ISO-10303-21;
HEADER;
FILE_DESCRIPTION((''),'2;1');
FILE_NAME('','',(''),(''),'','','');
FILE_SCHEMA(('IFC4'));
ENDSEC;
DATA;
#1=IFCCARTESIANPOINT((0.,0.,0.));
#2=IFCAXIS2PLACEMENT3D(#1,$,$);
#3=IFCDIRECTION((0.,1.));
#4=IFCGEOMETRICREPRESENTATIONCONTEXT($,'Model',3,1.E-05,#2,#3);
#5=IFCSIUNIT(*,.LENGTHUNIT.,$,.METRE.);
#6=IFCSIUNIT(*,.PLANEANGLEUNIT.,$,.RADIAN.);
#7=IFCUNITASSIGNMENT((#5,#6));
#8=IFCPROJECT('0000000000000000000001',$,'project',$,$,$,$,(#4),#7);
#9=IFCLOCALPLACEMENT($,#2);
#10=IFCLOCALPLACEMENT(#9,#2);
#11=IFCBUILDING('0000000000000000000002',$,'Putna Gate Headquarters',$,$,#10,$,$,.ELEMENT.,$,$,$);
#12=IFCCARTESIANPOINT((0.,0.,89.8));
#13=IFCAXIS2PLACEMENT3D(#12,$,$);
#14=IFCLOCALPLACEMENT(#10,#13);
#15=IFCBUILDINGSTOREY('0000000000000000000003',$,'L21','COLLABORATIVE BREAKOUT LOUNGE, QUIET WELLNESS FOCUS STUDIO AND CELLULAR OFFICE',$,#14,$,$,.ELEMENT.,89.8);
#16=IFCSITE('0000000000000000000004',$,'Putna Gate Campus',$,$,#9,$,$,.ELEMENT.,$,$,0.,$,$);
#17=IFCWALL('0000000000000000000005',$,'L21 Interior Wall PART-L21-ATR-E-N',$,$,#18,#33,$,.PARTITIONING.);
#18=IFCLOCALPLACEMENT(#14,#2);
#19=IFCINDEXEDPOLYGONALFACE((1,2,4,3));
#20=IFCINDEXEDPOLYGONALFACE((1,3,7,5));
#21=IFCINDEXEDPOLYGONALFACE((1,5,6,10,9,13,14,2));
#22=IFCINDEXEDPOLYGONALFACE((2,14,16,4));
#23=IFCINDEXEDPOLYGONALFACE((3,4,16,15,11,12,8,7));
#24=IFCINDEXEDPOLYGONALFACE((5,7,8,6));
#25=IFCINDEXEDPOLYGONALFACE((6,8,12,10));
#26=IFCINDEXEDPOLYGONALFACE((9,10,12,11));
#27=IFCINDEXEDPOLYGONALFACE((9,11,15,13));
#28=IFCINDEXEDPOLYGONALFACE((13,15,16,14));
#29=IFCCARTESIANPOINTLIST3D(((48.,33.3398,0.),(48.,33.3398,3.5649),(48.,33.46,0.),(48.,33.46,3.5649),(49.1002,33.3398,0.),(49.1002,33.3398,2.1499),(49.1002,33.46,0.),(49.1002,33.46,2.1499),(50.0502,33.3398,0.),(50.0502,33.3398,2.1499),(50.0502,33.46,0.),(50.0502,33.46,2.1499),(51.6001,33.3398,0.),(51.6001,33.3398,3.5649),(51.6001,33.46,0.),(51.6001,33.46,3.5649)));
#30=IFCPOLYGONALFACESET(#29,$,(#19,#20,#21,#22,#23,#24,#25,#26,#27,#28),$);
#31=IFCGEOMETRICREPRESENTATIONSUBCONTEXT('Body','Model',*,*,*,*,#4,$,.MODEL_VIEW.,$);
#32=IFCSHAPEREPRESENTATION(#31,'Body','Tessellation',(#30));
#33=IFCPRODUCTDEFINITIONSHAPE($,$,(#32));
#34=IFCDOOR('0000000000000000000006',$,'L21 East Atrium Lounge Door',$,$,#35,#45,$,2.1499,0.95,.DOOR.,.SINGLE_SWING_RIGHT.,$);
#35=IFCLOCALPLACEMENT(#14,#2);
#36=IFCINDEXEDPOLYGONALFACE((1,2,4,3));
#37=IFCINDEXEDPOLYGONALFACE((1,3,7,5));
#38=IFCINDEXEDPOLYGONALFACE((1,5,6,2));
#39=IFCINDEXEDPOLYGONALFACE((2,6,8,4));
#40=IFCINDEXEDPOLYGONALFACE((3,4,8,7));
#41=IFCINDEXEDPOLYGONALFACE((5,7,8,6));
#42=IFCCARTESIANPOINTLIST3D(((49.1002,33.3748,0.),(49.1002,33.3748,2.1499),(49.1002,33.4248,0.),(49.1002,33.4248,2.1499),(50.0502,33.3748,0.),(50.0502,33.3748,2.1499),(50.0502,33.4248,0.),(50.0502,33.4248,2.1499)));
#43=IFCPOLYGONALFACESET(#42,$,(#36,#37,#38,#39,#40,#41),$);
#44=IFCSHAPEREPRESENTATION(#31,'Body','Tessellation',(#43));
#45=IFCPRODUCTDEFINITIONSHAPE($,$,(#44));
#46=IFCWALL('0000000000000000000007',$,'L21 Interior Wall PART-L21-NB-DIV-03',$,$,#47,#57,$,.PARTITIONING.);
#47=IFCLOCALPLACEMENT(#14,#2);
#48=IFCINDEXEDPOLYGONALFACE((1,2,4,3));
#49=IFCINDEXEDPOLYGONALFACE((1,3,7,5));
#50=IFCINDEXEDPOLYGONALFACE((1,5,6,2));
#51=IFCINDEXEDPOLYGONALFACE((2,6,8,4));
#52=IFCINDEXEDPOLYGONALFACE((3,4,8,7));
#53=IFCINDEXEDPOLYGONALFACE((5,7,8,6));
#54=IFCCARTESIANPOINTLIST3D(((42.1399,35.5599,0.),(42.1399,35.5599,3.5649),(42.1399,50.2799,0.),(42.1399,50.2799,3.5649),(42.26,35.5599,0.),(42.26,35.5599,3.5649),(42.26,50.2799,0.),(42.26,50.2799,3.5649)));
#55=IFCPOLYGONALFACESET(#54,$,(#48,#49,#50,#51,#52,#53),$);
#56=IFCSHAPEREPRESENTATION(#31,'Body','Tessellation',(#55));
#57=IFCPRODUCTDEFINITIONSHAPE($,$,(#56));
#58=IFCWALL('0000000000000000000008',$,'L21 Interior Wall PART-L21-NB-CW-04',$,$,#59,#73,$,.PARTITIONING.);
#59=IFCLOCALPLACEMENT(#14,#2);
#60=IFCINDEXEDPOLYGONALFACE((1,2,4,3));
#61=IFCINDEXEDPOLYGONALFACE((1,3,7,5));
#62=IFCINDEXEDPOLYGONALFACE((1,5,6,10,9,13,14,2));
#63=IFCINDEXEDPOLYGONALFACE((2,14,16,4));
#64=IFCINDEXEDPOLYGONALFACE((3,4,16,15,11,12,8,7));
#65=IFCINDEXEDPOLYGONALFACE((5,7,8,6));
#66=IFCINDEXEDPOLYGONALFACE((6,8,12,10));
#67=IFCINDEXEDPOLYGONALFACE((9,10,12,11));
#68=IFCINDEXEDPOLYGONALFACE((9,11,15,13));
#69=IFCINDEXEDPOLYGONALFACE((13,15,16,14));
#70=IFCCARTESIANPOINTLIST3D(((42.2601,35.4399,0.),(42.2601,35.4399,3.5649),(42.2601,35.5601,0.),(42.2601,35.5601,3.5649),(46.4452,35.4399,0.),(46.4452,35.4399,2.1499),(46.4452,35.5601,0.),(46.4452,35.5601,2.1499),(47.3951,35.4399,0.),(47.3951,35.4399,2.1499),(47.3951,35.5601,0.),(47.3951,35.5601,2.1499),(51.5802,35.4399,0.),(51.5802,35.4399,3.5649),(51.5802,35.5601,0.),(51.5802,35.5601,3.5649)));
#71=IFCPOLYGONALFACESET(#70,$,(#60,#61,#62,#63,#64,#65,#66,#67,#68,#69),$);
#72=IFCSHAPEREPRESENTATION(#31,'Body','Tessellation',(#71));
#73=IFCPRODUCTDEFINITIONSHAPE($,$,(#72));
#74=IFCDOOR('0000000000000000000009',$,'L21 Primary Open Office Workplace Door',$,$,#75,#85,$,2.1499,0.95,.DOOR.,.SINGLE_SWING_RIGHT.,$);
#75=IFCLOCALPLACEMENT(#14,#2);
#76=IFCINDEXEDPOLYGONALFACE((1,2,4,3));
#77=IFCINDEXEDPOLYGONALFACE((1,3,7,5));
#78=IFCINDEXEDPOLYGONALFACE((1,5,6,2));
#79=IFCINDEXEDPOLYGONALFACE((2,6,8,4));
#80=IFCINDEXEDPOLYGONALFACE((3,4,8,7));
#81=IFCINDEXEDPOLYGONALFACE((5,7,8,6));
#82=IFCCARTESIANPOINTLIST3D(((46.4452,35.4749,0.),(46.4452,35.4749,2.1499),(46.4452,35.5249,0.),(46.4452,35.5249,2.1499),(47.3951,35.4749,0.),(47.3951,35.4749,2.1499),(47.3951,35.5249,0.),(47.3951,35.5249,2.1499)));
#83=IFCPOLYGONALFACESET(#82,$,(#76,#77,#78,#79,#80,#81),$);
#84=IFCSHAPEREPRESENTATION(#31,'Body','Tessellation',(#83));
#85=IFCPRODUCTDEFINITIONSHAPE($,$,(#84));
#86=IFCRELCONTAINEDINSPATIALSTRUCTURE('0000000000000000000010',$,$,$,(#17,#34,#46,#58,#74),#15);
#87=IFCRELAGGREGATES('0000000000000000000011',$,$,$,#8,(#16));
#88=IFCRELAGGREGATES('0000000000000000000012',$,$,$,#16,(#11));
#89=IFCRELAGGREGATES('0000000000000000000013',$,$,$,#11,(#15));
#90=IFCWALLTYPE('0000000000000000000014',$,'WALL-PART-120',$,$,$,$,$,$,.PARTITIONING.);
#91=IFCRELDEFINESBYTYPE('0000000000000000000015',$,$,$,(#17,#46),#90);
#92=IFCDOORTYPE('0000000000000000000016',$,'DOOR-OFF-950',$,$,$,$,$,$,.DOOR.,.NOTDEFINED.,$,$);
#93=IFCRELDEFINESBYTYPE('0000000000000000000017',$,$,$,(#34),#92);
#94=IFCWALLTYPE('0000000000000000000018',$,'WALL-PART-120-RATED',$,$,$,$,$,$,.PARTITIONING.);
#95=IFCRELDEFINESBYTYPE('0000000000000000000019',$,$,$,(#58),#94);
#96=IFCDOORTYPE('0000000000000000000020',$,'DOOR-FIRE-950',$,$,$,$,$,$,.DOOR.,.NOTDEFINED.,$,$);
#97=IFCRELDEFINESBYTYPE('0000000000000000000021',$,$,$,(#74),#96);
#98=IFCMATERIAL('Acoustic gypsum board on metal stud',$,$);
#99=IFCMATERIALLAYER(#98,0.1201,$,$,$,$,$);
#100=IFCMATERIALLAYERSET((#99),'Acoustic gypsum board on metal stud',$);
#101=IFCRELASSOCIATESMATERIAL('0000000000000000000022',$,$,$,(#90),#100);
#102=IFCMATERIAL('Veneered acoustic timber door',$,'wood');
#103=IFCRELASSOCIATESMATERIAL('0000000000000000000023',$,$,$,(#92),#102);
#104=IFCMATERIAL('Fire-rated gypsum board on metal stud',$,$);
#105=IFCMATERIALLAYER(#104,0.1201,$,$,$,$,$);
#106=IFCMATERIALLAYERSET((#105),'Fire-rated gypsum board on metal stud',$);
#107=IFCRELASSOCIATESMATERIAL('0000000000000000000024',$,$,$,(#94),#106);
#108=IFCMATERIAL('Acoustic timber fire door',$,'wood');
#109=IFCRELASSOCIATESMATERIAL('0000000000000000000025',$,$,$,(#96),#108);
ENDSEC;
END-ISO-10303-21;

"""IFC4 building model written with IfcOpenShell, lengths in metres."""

from ifc_helpers import new_model, si_unit, direction, frame, frame_2d, origin, place, context, subcontext, project, spatial, rectangle, extrude, material, layer, layer_set, type_object, element, fill, save


model = new_model("IFC4")

# Units and contexts
model_context = context("Model", 3, precision=1e-05, world=origin(), true_north=direction((0.0, 1.0)))
body_context = subcontext(model_context, "Body", "Model", "MODEL_VIEW")
ifc_project = project(units=[si_unit("LENGTHUNIT", "METRE"), si_unit("PLANEANGLEUNIT", "RADIAN")], contexts=[model_context])

# Site, building, storey
site_placement = place(None, origin())
site = spatial("IfcSite", under=ifc_project, at=site_placement, Name="Putna Gate Campus", CompositionType="ELEMENT", RefElevation=0.0)
building_placement = place(site_placement, origin())
building = spatial("IfcBuilding", under=site, at=building_placement, Name="Putna Gate Headquarters", CompositionType="ELEMENT")
storey_placement = place(building_placement, frame((0.0, 0.0, 89.8)))
storey = spatial("IfcBuildingStorey", under=building, at=storey_placement, Name="L21", Description="COLLABORATIVE BREAKOUT LOUNGE, QUIET WELLNESS FOCUS STUDIO AND CELLULAR OFFICE", CompositionType="ELEMENT", Elevation=89.8)

# Wall, opening, door
ifc_material_1 = material(Name="Acoustic gypsum board on metal stud")
ifc_layer_1 = layer(ifc_material_1, 0.1201)
ifc_layer_set_1 = layer_set([ifc_layer_1], Name="Acoustic gypsum board on metal stud")
wall_type_1 = type_object("IfcWallType", Name="WALL-PART-120", PredefinedType="PARTITIONING", material=ifc_layer_set_1)
wall_1_placement = place(storey_placement, frame((48.0, 33.3999, 0.0), z_axis=(0.0, 0.0, 1.0), x_axis=(1.0, 0.0, 0.0)))
wall_1 = element("IfcWall", 1, at=wall_1_placement, inside=storey, type_object=wall_type_1, Name="L21 Interior Wall PART-L21-ATR-E-N", PredefinedType="PARTITIONING", context=body_context, shape_type="SweptSolid", body=[
    extrude(rectangle(XDim=3.6001, YDim=0.1201, at=frame_2d((1.8, 0.0))), origin(), (0.0, 0.0, 1.0), 3.5649),
])
opening_1_placement = place(wall_1_placement, frame((1.1001, 0.0, 0.0)))
opening_1 = element("IfcOpeningElement", 2, at=opening_1_placement, cuts=wall_1, PredefinedType="OPENING", context=body_context, shape_type="SweptSolid", body=[
    extrude(rectangle(XDim=0.95, YDim=2.1499, at=frame_2d((0.4751, 1.075))), frame((0.0, 0.0701, 0.0), z_axis=(0.0, -1.0, 0.0), x_axis=(1.0, 0.0, 0.0)), (0.0, 0.0, 1.0), 0.1401),
])
ifc_material_2 = material(Name="Veneered acoustic timber door", Category="wood")
door_type_1 = type_object("IfcDoorType", Name="DOOR-OFF-950", OperationType="NOTDEFINED", PredefinedType="DOOR", material=ifc_material_2)
door_1_placement = place(opening_1_placement, origin())
door_1 = element("IfcDoor", 3, at=door_1_placement, inside=storey, type_object=door_type_1, Name="L21 East Atrium Lounge Door", OperationType="SINGLE_SWING_RIGHT", OverallHeight=2.1499, OverallWidth=0.95, PredefinedType="DOOR", context=body_context, shape_type="SweptSolid", body=[
    extrude(rectangle(XDim=0.95, YDim=2.1499, at=frame_2d((0.4751, 1.075))), frame((0.0, 0.0249, 0.0), z_axis=(0.0, -1.0, 0.0), x_axis=(1.0, 0.0, 0.0)), (0.0, 0.0, 1.0), 0.05),
])
fill(opening_1, door_1)

# Wall
wall_2_placement = place(storey_placement, frame((42.2, 35.5601, 0.0), z_axis=(0.0, 0.0, 1.0), x_axis=(0.0, 1.0, 0.0)))
element("IfcWall", 4, at=wall_2_placement, inside=storey, type_object=wall_type_1, Name="L21 Interior Wall PART-L21-NB-DIV-03", PredefinedType="PARTITIONING", context=body_context, shape_type="SweptSolid", body=[
    extrude(rectangle(XDim=14.72, YDim=0.1201, at=frame_2d((7.3599, 0.0))), origin(), (0.0, 0.0, 1.0), 3.5649),
])

# Wall, opening, door
ifc_material_3 = material(Name="Fire-rated gypsum board on metal stud")
ifc_layer_2 = layer(ifc_material_3, 0.1201)
ifc_layer_set_2 = layer_set([ifc_layer_2], Name="Fire-rated gypsum board on metal stud")
wall_type_2 = type_object("IfcWallType", Name="WALL-PART-120-RATED", PredefinedType="PARTITIONING", material=ifc_layer_set_2)
wall_3_placement = place(storey_placement, frame((42.26, 35.5, 0.0), z_axis=(0.0, 0.0, 1.0), x_axis=(1.0, 0.0, 0.0)))
wall_3 = element("IfcWall", 5, at=wall_3_placement, inside=storey, type_object=wall_type_2, Name="L21 Interior Wall PART-L21-NB-CW-04", PredefinedType="PARTITIONING", context=body_context, shape_type="SweptSolid", body=[
    extrude(rectangle(XDim=9.3201, YDim=0.1201, at=frame_2d((4.6602, 0.0))), origin(), (0.0, 0.0, 1.0), 3.5649),
])
opening_2_placement = place(wall_3_placement, frame((4.1851, 0.0, 0.0)))
opening_2 = element("IfcOpeningElement", 6, at=opening_2_placement, cuts=wall_3, PredefinedType="OPENING", context=body_context, shape_type="SweptSolid", body=[
    extrude(rectangle(XDim=0.95, YDim=2.1499, at=frame_2d((0.4751, 1.075))), frame((0.0, 0.0701, 0.0), z_axis=(0.0, -1.0, 0.0), x_axis=(1.0, 0.0, 0.0)), (0.0, 0.0, 1.0), 0.1401),
])
ifc_material_4 = material(Name="Acoustic timber fire door", Category="wood")
door_type_2 = type_object("IfcDoorType", Name="DOOR-FIRE-950", OperationType="NOTDEFINED", PredefinedType="DOOR", material=ifc_material_4)
door_2_placement = place(opening_2_placement, origin())
door_2 = element("IfcDoor", 7, at=door_2_placement, inside=storey, type_object=door_type_2, Name="L21 Primary Open Office Workplace Door", OperationType="SINGLE_SWING_RIGHT", OverallHeight=2.1499, OverallWidth=0.95, PredefinedType="DOOR", context=body_context, shape_type="SweptSolid", body=[
    extrude(rectangle(XDim=0.95, YDim=2.1499, at=frame_2d((0.4751, 1.075))), frame((0.0, 0.0249, 0.0), z_axis=(0.0, -1.0, 0.0), x_axis=(1.0, 0.0, 0.0)), (0.0, 0.0, 1.0), 0.05),
])
fill(opening_2, door_2)

save(model, "model.ifc")
